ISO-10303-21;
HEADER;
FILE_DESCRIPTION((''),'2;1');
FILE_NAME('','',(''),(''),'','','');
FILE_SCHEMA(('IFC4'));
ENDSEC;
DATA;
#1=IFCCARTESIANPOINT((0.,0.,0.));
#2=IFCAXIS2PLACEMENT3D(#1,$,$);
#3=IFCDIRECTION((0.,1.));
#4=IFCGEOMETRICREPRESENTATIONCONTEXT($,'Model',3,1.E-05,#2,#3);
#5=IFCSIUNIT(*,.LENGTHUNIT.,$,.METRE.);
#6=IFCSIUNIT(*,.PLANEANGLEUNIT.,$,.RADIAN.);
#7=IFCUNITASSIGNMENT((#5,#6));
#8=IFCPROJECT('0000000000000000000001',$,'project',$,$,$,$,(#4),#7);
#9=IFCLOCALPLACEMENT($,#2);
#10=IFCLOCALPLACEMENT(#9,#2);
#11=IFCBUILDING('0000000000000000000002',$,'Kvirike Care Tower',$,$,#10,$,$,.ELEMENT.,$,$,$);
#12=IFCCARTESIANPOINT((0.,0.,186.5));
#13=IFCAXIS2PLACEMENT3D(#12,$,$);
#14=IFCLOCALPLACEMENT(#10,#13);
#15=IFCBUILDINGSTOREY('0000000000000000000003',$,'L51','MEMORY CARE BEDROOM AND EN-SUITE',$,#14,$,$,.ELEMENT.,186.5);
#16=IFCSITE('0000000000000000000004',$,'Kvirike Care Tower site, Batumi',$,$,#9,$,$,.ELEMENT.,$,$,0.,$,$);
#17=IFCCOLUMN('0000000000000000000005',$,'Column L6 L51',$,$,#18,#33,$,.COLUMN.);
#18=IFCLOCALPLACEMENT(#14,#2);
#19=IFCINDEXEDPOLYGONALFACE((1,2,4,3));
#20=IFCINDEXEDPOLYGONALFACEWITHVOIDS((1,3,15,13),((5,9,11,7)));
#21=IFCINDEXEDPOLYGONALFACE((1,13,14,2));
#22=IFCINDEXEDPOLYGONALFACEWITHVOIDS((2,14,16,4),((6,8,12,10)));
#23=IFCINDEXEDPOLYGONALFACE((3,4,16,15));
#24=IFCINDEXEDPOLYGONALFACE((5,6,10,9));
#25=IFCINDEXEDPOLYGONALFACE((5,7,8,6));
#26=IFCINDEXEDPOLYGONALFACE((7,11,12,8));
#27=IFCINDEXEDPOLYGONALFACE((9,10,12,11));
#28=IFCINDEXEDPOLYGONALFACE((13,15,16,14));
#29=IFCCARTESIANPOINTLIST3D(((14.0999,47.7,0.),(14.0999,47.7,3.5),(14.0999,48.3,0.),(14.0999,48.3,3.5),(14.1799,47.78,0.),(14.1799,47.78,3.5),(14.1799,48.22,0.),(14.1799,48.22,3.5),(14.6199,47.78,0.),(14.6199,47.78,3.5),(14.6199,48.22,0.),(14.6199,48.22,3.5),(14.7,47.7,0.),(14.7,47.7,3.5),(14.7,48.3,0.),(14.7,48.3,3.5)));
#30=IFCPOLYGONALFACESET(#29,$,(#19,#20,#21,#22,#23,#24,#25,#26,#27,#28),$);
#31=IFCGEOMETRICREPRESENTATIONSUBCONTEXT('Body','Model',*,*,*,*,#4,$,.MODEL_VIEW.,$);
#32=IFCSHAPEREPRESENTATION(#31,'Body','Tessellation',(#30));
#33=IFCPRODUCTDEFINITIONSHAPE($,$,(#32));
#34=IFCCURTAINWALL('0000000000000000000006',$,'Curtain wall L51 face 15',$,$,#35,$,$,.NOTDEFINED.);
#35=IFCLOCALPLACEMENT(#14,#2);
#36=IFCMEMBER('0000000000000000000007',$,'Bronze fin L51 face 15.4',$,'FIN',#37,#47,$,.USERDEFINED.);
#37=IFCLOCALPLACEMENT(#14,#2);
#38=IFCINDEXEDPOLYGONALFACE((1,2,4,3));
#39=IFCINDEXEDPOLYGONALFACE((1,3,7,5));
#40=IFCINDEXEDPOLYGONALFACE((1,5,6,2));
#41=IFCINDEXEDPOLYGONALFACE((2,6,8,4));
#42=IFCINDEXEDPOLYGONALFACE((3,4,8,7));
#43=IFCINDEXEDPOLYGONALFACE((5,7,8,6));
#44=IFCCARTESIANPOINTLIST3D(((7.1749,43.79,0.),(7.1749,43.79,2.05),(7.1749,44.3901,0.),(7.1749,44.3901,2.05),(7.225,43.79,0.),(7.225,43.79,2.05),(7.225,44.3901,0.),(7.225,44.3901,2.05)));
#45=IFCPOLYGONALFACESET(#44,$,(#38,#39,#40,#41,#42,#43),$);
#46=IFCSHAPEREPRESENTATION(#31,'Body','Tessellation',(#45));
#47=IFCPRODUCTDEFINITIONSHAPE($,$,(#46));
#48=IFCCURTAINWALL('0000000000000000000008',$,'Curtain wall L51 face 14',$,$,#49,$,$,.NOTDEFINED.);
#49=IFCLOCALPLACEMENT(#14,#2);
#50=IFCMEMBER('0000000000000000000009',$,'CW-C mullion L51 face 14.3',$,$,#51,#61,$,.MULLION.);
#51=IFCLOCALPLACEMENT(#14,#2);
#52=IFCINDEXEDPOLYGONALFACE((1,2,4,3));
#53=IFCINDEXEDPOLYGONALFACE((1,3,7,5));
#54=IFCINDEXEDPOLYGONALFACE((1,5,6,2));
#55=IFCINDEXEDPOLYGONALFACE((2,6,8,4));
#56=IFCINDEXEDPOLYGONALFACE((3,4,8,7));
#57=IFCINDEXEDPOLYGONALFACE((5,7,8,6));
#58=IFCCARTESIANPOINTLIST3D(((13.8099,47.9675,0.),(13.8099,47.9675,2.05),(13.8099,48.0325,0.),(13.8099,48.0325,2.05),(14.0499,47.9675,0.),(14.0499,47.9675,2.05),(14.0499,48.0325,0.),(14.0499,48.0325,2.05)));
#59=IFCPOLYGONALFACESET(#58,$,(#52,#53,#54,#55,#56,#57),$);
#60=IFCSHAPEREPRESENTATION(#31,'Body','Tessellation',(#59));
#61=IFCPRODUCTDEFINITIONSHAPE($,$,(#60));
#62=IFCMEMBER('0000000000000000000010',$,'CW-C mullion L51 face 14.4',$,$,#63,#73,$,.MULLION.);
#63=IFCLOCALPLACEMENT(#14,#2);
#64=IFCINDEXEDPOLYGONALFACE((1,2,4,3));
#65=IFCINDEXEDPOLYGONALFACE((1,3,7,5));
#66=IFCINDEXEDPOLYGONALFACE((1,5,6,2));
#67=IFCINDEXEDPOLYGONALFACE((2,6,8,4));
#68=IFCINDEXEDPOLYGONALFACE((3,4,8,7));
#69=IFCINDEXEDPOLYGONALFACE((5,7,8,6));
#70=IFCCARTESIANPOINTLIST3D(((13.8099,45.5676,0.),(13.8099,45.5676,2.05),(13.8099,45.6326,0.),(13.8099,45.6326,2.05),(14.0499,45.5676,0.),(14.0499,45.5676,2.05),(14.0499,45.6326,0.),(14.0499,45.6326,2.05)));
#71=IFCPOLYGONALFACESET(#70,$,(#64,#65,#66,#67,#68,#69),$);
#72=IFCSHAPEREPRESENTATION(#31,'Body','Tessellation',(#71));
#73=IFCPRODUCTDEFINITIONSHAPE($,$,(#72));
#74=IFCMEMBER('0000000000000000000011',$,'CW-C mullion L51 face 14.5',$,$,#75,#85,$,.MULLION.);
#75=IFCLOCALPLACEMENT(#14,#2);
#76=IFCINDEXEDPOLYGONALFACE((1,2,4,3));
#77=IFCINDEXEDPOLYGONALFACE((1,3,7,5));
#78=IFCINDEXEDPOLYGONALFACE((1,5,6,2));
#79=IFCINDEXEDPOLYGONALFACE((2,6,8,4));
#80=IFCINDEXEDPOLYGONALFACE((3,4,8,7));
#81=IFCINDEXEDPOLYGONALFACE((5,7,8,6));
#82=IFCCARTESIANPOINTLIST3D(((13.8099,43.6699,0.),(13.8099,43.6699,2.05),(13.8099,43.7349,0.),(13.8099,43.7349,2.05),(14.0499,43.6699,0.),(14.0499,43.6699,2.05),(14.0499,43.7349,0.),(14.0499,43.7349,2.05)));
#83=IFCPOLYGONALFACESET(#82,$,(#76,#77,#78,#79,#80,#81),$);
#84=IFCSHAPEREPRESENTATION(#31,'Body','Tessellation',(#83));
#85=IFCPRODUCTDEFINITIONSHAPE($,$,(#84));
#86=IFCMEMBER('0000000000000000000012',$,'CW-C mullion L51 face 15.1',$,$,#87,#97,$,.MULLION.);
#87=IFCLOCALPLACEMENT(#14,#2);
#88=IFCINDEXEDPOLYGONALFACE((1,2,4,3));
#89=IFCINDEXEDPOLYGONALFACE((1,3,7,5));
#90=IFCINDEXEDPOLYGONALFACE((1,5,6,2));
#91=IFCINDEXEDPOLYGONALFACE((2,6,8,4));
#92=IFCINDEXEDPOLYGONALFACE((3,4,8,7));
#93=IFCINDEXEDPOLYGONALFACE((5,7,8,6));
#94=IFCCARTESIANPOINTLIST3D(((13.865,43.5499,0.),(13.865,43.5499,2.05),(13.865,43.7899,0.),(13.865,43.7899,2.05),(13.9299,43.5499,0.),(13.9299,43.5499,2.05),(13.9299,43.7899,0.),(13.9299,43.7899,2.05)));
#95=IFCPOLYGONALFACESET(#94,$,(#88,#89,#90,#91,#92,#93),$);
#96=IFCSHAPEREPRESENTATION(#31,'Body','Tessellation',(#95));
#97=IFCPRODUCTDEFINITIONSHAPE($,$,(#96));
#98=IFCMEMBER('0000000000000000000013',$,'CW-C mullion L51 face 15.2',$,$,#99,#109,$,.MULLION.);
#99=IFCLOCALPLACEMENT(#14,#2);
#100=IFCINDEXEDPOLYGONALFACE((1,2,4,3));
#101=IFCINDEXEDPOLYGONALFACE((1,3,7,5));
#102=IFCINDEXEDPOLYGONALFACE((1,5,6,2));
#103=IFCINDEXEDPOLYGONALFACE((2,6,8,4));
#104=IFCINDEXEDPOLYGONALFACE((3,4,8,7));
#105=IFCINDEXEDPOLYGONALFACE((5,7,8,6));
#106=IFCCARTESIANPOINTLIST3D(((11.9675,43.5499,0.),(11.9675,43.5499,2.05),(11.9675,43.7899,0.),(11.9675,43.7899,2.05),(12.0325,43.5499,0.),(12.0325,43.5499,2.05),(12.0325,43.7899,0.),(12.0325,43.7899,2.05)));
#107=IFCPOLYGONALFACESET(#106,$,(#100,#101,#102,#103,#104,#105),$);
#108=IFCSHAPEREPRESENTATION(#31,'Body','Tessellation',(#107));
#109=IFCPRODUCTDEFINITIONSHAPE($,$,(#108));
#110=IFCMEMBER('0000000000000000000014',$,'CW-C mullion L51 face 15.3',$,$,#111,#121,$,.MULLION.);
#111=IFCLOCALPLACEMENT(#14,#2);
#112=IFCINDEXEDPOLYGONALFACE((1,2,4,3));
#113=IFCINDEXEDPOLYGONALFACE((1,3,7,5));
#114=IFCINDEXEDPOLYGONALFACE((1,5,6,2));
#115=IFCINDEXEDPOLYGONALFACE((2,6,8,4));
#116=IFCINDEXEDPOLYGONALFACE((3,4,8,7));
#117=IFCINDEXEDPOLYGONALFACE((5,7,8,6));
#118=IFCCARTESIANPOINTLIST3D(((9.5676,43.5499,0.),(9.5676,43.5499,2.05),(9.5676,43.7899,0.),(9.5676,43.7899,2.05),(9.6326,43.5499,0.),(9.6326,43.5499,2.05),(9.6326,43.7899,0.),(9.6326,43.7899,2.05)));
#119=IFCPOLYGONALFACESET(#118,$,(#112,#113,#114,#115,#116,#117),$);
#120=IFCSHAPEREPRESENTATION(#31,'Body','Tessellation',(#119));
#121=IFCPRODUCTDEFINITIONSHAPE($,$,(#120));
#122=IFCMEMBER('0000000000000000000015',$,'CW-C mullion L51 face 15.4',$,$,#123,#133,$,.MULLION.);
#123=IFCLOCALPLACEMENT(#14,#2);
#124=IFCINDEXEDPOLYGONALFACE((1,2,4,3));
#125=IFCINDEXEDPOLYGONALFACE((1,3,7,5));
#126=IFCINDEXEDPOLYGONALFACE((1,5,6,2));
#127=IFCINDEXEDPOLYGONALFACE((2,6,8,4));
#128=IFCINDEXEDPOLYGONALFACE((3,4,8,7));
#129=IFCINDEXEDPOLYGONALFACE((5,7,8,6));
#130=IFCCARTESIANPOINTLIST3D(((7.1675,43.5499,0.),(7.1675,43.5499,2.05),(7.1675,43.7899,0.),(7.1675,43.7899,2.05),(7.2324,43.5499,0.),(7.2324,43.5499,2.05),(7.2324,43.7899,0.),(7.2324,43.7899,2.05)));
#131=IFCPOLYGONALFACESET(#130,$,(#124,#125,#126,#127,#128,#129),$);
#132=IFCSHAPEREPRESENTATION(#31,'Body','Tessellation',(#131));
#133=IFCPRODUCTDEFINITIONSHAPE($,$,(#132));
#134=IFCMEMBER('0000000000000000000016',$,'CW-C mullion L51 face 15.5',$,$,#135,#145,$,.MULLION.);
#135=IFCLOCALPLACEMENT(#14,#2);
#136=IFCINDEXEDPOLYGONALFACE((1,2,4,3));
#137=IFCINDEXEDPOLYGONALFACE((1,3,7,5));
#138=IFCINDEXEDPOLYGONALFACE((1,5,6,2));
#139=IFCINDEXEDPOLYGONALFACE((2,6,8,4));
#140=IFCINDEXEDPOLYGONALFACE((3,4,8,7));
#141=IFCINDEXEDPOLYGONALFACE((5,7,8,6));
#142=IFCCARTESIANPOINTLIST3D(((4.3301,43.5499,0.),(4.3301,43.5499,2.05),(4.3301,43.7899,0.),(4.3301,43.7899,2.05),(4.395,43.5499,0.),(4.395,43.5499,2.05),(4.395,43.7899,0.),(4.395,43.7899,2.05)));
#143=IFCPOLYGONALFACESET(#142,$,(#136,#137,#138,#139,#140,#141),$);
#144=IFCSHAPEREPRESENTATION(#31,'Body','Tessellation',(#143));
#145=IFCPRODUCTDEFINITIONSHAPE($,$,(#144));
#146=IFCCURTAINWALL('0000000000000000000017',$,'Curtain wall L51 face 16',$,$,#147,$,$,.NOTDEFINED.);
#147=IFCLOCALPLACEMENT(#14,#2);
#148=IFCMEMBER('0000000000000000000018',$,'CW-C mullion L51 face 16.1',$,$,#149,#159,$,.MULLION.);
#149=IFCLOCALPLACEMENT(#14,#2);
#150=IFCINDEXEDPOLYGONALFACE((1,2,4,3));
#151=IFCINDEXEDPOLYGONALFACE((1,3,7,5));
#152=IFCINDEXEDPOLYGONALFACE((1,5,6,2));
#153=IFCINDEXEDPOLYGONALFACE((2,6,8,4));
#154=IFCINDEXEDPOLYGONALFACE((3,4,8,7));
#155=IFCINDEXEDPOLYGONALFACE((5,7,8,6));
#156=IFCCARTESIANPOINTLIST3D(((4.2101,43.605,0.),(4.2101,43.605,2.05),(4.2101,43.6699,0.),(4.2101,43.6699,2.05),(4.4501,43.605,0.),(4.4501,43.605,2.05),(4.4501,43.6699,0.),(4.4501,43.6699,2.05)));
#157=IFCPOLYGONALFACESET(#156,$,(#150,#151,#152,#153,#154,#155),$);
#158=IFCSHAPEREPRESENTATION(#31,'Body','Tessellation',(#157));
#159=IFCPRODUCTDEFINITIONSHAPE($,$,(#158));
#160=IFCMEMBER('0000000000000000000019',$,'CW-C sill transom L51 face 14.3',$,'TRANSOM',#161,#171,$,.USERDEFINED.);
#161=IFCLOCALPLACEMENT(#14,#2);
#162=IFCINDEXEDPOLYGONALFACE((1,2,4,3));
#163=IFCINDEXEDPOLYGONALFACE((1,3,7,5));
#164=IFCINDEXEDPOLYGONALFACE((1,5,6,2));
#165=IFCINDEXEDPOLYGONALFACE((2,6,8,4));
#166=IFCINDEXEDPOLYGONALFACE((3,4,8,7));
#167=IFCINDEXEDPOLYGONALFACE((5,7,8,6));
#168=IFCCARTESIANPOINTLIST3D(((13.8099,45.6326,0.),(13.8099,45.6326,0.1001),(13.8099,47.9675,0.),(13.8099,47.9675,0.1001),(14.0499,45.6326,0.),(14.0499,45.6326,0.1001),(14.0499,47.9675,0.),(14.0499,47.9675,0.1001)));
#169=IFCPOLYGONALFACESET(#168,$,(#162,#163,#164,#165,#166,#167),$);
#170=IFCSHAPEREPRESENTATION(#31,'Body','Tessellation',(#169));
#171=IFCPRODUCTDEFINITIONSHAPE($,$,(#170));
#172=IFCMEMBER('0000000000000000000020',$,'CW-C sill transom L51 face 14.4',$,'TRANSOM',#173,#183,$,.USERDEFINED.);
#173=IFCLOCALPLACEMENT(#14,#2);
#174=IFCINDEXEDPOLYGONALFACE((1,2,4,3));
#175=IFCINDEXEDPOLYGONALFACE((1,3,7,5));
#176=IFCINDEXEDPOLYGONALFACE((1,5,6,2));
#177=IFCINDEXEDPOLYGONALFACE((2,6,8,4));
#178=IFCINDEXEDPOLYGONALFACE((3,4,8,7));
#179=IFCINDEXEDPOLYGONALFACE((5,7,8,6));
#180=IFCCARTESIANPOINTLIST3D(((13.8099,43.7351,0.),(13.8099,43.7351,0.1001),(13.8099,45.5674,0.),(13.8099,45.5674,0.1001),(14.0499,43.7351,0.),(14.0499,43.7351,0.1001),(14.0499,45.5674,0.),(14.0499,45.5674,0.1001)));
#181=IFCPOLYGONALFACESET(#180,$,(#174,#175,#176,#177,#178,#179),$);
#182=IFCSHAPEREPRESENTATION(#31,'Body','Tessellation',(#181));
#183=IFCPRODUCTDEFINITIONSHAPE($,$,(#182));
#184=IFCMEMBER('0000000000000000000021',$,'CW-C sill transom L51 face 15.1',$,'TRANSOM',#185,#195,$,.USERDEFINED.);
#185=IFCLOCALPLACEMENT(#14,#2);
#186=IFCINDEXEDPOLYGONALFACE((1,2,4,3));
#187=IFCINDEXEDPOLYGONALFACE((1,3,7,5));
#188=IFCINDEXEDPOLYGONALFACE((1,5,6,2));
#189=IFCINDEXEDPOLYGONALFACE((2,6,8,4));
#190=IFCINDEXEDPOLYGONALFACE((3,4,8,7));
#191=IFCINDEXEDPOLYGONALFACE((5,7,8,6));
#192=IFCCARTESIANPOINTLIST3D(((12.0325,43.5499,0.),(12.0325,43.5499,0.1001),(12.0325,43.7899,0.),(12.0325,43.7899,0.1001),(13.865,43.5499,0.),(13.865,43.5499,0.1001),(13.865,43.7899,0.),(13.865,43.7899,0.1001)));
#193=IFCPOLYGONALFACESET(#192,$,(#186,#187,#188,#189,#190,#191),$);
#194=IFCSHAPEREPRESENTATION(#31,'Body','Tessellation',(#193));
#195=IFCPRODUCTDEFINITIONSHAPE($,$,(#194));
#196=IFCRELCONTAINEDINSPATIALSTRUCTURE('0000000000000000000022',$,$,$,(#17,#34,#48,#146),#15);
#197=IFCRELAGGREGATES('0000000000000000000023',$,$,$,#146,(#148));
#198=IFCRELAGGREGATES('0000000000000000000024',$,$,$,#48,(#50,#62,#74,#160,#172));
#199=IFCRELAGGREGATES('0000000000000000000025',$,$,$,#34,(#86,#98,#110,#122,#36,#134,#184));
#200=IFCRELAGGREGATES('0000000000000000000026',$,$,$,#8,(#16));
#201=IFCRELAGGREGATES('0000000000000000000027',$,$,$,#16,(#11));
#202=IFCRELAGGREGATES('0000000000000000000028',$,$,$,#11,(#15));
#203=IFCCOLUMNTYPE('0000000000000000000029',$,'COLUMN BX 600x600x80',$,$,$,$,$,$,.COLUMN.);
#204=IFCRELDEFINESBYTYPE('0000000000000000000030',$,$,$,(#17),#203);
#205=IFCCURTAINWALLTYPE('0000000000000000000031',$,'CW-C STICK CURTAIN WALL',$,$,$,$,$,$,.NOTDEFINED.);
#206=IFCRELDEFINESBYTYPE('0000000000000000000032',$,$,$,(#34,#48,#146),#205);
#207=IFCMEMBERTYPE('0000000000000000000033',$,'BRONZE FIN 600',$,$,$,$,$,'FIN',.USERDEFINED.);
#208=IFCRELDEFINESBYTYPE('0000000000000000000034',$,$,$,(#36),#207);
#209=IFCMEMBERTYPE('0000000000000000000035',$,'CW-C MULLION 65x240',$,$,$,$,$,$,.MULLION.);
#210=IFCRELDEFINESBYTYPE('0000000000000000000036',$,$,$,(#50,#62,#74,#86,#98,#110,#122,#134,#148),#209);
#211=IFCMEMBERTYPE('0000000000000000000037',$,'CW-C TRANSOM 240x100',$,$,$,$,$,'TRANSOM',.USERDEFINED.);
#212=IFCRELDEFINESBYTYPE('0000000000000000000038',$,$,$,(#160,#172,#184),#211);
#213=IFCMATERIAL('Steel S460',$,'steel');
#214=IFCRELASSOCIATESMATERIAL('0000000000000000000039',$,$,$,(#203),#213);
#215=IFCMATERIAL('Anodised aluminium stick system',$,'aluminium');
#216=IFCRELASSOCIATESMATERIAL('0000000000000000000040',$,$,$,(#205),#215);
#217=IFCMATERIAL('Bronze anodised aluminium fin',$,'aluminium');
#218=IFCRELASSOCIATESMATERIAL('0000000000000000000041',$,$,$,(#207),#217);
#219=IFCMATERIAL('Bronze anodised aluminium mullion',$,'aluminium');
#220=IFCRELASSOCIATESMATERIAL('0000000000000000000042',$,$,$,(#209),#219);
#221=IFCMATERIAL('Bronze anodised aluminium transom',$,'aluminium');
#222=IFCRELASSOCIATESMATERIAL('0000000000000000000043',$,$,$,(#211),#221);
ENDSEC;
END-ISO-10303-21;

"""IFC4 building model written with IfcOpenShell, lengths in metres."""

from ifc_helpers import new_model, si_unit, direction, frame, origin, origin_2d, place, context, subcontext, project, spatial, rectangle, hollow_rectangle, extrude, material, material_profile, profile_set, type_object, element, aggregate, save


model = new_model("IFC4")

# Units and contexts
model_context = context("Model", 3, precision=1e-05, world=origin(), true_north=direction((0.0, 1.0)))
body_context = subcontext(model_context, "Body", "Model", "MODEL_VIEW")
ifc_project = project(units=[si_unit("LENGTHUNIT", "METRE"), si_unit("PLANEANGLEUNIT", "RADIAN")], contexts=[model_context])

# Site, building, storey
site_placement = place(None, origin())
site = spatial("IfcSite", under=ifc_project, at=site_placement, Name="Kvirike Care Tower site, Batumi", CompositionType="ELEMENT", RefElevation=0.0)
building_placement = place(site_placement, origin())
building = spatial("IfcBuilding", under=site, at=building_placement, Name="Kvirike Care Tower", CompositionType="ELEMENT")
storey_placement = place(building_placement, frame((0.0, 0.0, 186.5)))
storey = spatial("IfcBuildingStorey", under=building, at=storey_placement, Name="L51", Description="MEMORY CARE BEDROOM AND EN-SUITE", CompositionType="ELEMENT", Elevation=186.5)

# Column
ifc_material_1 = material(Name="Steel S460", Category="steel")
ifc_material_profile_1 = material_profile(ifc_material_1, hollow_rectangle(XDim=0.6001, YDim=0.6001, WallThickness=0.0801, at=origin_2d()), Name="BX 600x600x80")
ifc_profile_set_1 = profile_set([ifc_material_profile_1], Name="Steel S460")
column_type = type_object("IfcColumnType", Name="COLUMN BX 600x600x80", PredefinedType="COLUMN", material=ifc_profile_set_1)
column_placement = place(storey_placement, frame((14.3999, 48.0, 0.0), z_axis=(0.0, 0.0, 1.0), x_axis=(1.0, 0.0, 0.0)))
element("IfcColumn", 1, at=column_placement, inside=storey, type_object=column_type, Name="Column L6 L51", PredefinedType="COLUMN", context=body_context, shape_type="SweptSolid", body=[
    extrude(hollow_rectangle(XDim=0.6001, YDim=0.6001, WallThickness=0.0801, at=origin_2d()), origin(), (0.0, 0.0, 1.0), 3.5),
])

# Curtain wall, member
ifc_material_2 = material(Name="Anodised aluminium stick system", Category="aluminium")
curtain_wall_type = type_object("IfcCurtainWallType", Name="CW-C STICK CURTAIN WALL", PredefinedType="NOTDEFINED", material=ifc_material_2)
curtain_wall_1_placement = place(storey_placement, origin())
curtain_wall_1 = element("IfcCurtainWall", 2, at=curtain_wall_1_placement, inside=storey, type_object=curtain_wall_type, Name="Curtain wall L51 face 15", PredefinedType="NOTDEFINED")
ifc_material_3 = material(Name="Bronze anodised aluminium fin", Category="aluminium")
ifc_material_profile_2 = material_profile(ifc_material_3, rectangle(XDim=0.05, YDim=0.6001, at=origin_2d()), Name="BRONZE FIN 600")
ifc_profile_set_2 = profile_set([ifc_material_profile_2], Name="Bronze anodised aluminium fin")
member_type_1 = type_object("IfcMemberType", Name="BRONZE FIN 600", ElementType="FIN", PredefinedType="USERDEFINED", material=ifc_profile_set_2)
member_1_placement = place(storey_placement, frame((7.2, 44.0901, 0.0), z_axis=(0.0, 0.0, 1.0), x_axis=(-1.0, 0.0, 0.0)))
member_1 = element("IfcMember", 3, at=member_1_placement, type_object=member_type_1, Name="Bronze fin L51 face 15.4", ObjectType="FIN", PredefinedType="USERDEFINED", context=body_context, shape_type="SweptSolid", body=[
    extrude(rectangle(XDim=0.05, YDim=0.6001, at=origin_2d()), origin(), (0.0, 0.0, 1.0), 2.05),
])

# Curtain wall, members
curtain_wall_2_placement = place(storey_placement, origin())
curtain_wall_2 = element("IfcCurtainWall", 4, at=curtain_wall_2_placement, inside=storey, type_object=curtain_wall_type, Name="Curtain wall L51 face 14", PredefinedType="NOTDEFINED")
ifc_material_4 = material(Name="Bronze anodised aluminium mullion", Category="aluminium")
ifc_material_profile_3 = material_profile(ifc_material_4, rectangle(XDim=0.0649, YDim=0.24, at=origin_2d()), Name="CW-C MULLION 65x240")
ifc_profile_set_3 = profile_set([ifc_material_profile_3], Name="Bronze anodised aluminium mullion")
member_type_2 = type_object("IfcMemberType", Name="CW-C MULLION 65x240", PredefinedType="MULLION", material=ifc_profile_set_3)
member_2_placement = place(storey_placement, frame((13.9299, 48.0, 0.0), z_axis=(0.0, 0.0, 1.0), x_axis=(0.0, -1.0, 0.0)))
member_2 = element("IfcMember", 5, at=member_2_placement, type_object=member_type_2, Name="CW-C mullion L51 face 14.3", PredefinedType="MULLION", context=body_context, shape_type="SweptSolid", body=[
    extrude(rectangle(XDim=0.0649, YDim=0.24, at=origin_2d()), origin(), (0.0, 0.0, 1.0), 2.05),
])
member_3_placement = place(storey_placement, frame((13.9299, 45.6001, 0.0), z_axis=(0.0, 0.0, 1.0), x_axis=(0.0, -1.0, 0.0)))
member_3 = element("IfcMember", 6, at=member_3_placement, type_object=member_type_2, Name="CW-C mullion L51 face 14.4", PredefinedType="MULLION", context=body_context, shape_type="SweptSolid", body=[
    extrude(rectangle(XDim=0.0649, YDim=0.24, at=origin_2d()), origin(), (0.0, 0.0, 1.0), 2.05),
])
member_4_placement = place(storey_placement, frame((13.9299, 43.7024, 0.0), z_axis=(0.0, 0.0, 1.0), x_axis=(0.0, -1.0, 0.0)))
member_4 = element("IfcMember", 7, at=member_4_placement, type_object=member_type_2, Name="CW-C mullion L51 face 14.5", PredefinedType="MULLION", context=body_context, shape_type="SweptSolid", body=[
    extrude(rectangle(XDim=0.0649, YDim=0.24, at=origin_2d()), origin(), (0.0, 0.0, 1.0), 2.05),
])

# Members
member_5_placement = place(storey_placement, frame((13.8975, 43.6699, 0.0), z_axis=(0.0, 0.0, 1.0), x_axis=(-1.0, 0.0, 0.0)))
member_5 = element("IfcMember", 8, at=member_5_placement, type_object=member_type_2, Name="CW-C mullion L51 face 15.1", PredefinedType="MULLION", context=body_context, shape_type="SweptSolid", body=[
    extrude(rectangle(XDim=0.0649, YDim=0.24, at=origin_2d()), origin(), (0.0, 0.0, 1.0), 2.05),
])
member_6_placement = place(storey_placement, frame((12.0, 43.6699, 0.0), z_axis=(0.0, 0.0, 1.0), x_axis=(-1.0, 0.0, 0.0)))
member_6 = element("IfcMember", 9, at=member_6_placement, type_object=member_type_2, Name="CW-C mullion L51 face 15.2", PredefinedType="MULLION", context=body_context, shape_type="SweptSolid", body=[
    extrude(rectangle(XDim=0.0649, YDim=0.24, at=origin_2d()), origin(), (0.0, 0.0, 1.0), 2.05),
])
member_7_placement = place(storey_placement, frame((9.6001, 43.6699, 0.0), z_axis=(0.0, 0.0, 1.0), x_axis=(-1.0, 0.0, 0.0)))
member_7 = element("IfcMember", 10, at=member_7_placement, type_object=member_type_2, Name="CW-C mullion L51 face 15.3", PredefinedType="MULLION", context=body_context, shape_type="SweptSolid", body=[
    extrude(rectangle(XDim=0.0649, YDim=0.24, at=origin_2d()), origin(), (0.0, 0.0, 1.0), 2.05),
])
member_8_placement = place(storey_placement, frame((7.2, 43.6699, 0.0), z_axis=(0.0, 0.0, 1.0), x_axis=(-1.0, 0.0, 0.0)))
member_8 = element("IfcMember", 11, at=member_8_placement, type_object=member_type_2, Name="CW-C mullion L51 face 15.4", PredefinedType="MULLION", context=body_context, shape_type="SweptSolid", body=[
    extrude(rectangle(XDim=0.0649, YDim=0.24, at=origin_2d()), origin(), (0.0, 0.0, 1.0), 2.05),
])
member_9_placement = place(storey_placement, frame((4.3625, 43.6699, 0.0), z_axis=(0.0, 0.0, 1.0), x_axis=(-1.0, 0.0, 0.0)))
member_9 = element("IfcMember", 12, at=member_9_placement, type_object=member_type_2, Name="CW-C mullion L51 face 15.5", PredefinedType="MULLION", context=body_context, shape_type="SweptSolid", body=[
    extrude(rectangle(XDim=0.0649, YDim=0.24, at=origin_2d()), origin(), (0.0, 0.0, 1.0), 2.05),
])

# Curtain wall, member
curtain_wall_3_placement = place(storey_placement, origin())
curtain_wall_3 = element("IfcCurtainWall", 13, at=curtain_wall_3_placement, inside=storey, type_object=curtain_wall_type, Name="Curtain wall L51 face 16", PredefinedType="NOTDEFINED")
member_10_placement = place(storey_placement, frame((4.3301, 43.6375, 0.0), z_axis=(0.0, 0.0, 1.0), x_axis=(0.0, -1.0, 0.0)))
member_10 = element("IfcMember", 14, at=member_10_placement, type_object=member_type_2, Name="CW-C mullion L51 face 16.1", PredefinedType="MULLION", context=body_context, shape_type="SweptSolid", body=[
    extrude(rectangle(XDim=0.0649, YDim=0.24, at=origin_2d()), origin(), (0.0, 0.0, 1.0), 2.05),
])

# Members
ifc_material_5 = material(Name="Bronze anodised aluminium transom", Category="aluminium")
ifc_material_profile_4 = material_profile(ifc_material_5, rectangle(XDim=0.24, YDim=0.1001, at=origin_2d()), Name="CW-C TRANSOM 240x100")
ifc_profile_set_4 = profile_set([ifc_material_profile_4], Name="Bronze anodised aluminium transom")
member_type_3 = type_object("IfcMemberType", Name="CW-C TRANSOM 240x100", ElementType="TRANSOM", PredefinedType="USERDEFINED", material=ifc_profile_set_4)
member_11_placement = place(storey_placement, frame((13.9299, 47.9675, 0.05), z_axis=(0.0, -1.0, 0.0), x_axis=(1.0, 0.0, 0.0)))
member_11 = element("IfcMember", 15, at=member_11_placement, type_object=member_type_3, Name="CW-C sill transom L51 face 14.3", ObjectType="TRANSOM", PredefinedType="USERDEFINED", context=body_context, shape_type="SweptSolid", body=[
    extrude(rectangle(XDim=0.24, YDim=0.1001, at=origin_2d()), origin(), (0.0, 0.0, 1.0), 2.335),
])
member_12_placement = place(storey_placement, frame((13.9299, 45.5674, 0.05), z_axis=(0.0, -1.0, 0.0), x_axis=(1.0, 0.0, 0.0)))
member_12 = element("IfcMember", 16, at=member_12_placement, type_object=member_type_3, Name="CW-C sill transom L51 face 14.4", ObjectType="TRANSOM", PredefinedType="USERDEFINED", context=body_context, shape_type="SweptSolid", body=[
    extrude(rectangle(XDim=0.24, YDim=0.1001, at=origin_2d()), origin(), (0.0, 0.0, 1.0), 1.8323),
])
member_13_placement = place(storey_placement, frame((13.865, 43.6699, 0.05), z_axis=(-1.0, 0.0, 0.0), x_axis=(0.0, -1.0, 0.0)))
member_13 = element("IfcMember", 17, at=member_13_placement, type_object=member_type_3, Name="CW-C sill transom L51 face 15.1", ObjectType="TRANSOM", PredefinedType="USERDEFINED", context=body_context, shape_type="SweptSolid", body=[
    extrude(rectangle(XDim=0.24, YDim=0.1001, at=origin_2d()), origin(), (0.0, 0.0, 1.0), 1.8325),
])
aggregate(curtain_wall_3, [member_10])

aggregate(curtain_wall_2, [member_2, member_3, member_4, member_11, member_12])
aggregate(curtain_wall_1, [member_5, member_6, member_7, member_8, member_1, member_9, member_13])

save(model, "model.ifc")
